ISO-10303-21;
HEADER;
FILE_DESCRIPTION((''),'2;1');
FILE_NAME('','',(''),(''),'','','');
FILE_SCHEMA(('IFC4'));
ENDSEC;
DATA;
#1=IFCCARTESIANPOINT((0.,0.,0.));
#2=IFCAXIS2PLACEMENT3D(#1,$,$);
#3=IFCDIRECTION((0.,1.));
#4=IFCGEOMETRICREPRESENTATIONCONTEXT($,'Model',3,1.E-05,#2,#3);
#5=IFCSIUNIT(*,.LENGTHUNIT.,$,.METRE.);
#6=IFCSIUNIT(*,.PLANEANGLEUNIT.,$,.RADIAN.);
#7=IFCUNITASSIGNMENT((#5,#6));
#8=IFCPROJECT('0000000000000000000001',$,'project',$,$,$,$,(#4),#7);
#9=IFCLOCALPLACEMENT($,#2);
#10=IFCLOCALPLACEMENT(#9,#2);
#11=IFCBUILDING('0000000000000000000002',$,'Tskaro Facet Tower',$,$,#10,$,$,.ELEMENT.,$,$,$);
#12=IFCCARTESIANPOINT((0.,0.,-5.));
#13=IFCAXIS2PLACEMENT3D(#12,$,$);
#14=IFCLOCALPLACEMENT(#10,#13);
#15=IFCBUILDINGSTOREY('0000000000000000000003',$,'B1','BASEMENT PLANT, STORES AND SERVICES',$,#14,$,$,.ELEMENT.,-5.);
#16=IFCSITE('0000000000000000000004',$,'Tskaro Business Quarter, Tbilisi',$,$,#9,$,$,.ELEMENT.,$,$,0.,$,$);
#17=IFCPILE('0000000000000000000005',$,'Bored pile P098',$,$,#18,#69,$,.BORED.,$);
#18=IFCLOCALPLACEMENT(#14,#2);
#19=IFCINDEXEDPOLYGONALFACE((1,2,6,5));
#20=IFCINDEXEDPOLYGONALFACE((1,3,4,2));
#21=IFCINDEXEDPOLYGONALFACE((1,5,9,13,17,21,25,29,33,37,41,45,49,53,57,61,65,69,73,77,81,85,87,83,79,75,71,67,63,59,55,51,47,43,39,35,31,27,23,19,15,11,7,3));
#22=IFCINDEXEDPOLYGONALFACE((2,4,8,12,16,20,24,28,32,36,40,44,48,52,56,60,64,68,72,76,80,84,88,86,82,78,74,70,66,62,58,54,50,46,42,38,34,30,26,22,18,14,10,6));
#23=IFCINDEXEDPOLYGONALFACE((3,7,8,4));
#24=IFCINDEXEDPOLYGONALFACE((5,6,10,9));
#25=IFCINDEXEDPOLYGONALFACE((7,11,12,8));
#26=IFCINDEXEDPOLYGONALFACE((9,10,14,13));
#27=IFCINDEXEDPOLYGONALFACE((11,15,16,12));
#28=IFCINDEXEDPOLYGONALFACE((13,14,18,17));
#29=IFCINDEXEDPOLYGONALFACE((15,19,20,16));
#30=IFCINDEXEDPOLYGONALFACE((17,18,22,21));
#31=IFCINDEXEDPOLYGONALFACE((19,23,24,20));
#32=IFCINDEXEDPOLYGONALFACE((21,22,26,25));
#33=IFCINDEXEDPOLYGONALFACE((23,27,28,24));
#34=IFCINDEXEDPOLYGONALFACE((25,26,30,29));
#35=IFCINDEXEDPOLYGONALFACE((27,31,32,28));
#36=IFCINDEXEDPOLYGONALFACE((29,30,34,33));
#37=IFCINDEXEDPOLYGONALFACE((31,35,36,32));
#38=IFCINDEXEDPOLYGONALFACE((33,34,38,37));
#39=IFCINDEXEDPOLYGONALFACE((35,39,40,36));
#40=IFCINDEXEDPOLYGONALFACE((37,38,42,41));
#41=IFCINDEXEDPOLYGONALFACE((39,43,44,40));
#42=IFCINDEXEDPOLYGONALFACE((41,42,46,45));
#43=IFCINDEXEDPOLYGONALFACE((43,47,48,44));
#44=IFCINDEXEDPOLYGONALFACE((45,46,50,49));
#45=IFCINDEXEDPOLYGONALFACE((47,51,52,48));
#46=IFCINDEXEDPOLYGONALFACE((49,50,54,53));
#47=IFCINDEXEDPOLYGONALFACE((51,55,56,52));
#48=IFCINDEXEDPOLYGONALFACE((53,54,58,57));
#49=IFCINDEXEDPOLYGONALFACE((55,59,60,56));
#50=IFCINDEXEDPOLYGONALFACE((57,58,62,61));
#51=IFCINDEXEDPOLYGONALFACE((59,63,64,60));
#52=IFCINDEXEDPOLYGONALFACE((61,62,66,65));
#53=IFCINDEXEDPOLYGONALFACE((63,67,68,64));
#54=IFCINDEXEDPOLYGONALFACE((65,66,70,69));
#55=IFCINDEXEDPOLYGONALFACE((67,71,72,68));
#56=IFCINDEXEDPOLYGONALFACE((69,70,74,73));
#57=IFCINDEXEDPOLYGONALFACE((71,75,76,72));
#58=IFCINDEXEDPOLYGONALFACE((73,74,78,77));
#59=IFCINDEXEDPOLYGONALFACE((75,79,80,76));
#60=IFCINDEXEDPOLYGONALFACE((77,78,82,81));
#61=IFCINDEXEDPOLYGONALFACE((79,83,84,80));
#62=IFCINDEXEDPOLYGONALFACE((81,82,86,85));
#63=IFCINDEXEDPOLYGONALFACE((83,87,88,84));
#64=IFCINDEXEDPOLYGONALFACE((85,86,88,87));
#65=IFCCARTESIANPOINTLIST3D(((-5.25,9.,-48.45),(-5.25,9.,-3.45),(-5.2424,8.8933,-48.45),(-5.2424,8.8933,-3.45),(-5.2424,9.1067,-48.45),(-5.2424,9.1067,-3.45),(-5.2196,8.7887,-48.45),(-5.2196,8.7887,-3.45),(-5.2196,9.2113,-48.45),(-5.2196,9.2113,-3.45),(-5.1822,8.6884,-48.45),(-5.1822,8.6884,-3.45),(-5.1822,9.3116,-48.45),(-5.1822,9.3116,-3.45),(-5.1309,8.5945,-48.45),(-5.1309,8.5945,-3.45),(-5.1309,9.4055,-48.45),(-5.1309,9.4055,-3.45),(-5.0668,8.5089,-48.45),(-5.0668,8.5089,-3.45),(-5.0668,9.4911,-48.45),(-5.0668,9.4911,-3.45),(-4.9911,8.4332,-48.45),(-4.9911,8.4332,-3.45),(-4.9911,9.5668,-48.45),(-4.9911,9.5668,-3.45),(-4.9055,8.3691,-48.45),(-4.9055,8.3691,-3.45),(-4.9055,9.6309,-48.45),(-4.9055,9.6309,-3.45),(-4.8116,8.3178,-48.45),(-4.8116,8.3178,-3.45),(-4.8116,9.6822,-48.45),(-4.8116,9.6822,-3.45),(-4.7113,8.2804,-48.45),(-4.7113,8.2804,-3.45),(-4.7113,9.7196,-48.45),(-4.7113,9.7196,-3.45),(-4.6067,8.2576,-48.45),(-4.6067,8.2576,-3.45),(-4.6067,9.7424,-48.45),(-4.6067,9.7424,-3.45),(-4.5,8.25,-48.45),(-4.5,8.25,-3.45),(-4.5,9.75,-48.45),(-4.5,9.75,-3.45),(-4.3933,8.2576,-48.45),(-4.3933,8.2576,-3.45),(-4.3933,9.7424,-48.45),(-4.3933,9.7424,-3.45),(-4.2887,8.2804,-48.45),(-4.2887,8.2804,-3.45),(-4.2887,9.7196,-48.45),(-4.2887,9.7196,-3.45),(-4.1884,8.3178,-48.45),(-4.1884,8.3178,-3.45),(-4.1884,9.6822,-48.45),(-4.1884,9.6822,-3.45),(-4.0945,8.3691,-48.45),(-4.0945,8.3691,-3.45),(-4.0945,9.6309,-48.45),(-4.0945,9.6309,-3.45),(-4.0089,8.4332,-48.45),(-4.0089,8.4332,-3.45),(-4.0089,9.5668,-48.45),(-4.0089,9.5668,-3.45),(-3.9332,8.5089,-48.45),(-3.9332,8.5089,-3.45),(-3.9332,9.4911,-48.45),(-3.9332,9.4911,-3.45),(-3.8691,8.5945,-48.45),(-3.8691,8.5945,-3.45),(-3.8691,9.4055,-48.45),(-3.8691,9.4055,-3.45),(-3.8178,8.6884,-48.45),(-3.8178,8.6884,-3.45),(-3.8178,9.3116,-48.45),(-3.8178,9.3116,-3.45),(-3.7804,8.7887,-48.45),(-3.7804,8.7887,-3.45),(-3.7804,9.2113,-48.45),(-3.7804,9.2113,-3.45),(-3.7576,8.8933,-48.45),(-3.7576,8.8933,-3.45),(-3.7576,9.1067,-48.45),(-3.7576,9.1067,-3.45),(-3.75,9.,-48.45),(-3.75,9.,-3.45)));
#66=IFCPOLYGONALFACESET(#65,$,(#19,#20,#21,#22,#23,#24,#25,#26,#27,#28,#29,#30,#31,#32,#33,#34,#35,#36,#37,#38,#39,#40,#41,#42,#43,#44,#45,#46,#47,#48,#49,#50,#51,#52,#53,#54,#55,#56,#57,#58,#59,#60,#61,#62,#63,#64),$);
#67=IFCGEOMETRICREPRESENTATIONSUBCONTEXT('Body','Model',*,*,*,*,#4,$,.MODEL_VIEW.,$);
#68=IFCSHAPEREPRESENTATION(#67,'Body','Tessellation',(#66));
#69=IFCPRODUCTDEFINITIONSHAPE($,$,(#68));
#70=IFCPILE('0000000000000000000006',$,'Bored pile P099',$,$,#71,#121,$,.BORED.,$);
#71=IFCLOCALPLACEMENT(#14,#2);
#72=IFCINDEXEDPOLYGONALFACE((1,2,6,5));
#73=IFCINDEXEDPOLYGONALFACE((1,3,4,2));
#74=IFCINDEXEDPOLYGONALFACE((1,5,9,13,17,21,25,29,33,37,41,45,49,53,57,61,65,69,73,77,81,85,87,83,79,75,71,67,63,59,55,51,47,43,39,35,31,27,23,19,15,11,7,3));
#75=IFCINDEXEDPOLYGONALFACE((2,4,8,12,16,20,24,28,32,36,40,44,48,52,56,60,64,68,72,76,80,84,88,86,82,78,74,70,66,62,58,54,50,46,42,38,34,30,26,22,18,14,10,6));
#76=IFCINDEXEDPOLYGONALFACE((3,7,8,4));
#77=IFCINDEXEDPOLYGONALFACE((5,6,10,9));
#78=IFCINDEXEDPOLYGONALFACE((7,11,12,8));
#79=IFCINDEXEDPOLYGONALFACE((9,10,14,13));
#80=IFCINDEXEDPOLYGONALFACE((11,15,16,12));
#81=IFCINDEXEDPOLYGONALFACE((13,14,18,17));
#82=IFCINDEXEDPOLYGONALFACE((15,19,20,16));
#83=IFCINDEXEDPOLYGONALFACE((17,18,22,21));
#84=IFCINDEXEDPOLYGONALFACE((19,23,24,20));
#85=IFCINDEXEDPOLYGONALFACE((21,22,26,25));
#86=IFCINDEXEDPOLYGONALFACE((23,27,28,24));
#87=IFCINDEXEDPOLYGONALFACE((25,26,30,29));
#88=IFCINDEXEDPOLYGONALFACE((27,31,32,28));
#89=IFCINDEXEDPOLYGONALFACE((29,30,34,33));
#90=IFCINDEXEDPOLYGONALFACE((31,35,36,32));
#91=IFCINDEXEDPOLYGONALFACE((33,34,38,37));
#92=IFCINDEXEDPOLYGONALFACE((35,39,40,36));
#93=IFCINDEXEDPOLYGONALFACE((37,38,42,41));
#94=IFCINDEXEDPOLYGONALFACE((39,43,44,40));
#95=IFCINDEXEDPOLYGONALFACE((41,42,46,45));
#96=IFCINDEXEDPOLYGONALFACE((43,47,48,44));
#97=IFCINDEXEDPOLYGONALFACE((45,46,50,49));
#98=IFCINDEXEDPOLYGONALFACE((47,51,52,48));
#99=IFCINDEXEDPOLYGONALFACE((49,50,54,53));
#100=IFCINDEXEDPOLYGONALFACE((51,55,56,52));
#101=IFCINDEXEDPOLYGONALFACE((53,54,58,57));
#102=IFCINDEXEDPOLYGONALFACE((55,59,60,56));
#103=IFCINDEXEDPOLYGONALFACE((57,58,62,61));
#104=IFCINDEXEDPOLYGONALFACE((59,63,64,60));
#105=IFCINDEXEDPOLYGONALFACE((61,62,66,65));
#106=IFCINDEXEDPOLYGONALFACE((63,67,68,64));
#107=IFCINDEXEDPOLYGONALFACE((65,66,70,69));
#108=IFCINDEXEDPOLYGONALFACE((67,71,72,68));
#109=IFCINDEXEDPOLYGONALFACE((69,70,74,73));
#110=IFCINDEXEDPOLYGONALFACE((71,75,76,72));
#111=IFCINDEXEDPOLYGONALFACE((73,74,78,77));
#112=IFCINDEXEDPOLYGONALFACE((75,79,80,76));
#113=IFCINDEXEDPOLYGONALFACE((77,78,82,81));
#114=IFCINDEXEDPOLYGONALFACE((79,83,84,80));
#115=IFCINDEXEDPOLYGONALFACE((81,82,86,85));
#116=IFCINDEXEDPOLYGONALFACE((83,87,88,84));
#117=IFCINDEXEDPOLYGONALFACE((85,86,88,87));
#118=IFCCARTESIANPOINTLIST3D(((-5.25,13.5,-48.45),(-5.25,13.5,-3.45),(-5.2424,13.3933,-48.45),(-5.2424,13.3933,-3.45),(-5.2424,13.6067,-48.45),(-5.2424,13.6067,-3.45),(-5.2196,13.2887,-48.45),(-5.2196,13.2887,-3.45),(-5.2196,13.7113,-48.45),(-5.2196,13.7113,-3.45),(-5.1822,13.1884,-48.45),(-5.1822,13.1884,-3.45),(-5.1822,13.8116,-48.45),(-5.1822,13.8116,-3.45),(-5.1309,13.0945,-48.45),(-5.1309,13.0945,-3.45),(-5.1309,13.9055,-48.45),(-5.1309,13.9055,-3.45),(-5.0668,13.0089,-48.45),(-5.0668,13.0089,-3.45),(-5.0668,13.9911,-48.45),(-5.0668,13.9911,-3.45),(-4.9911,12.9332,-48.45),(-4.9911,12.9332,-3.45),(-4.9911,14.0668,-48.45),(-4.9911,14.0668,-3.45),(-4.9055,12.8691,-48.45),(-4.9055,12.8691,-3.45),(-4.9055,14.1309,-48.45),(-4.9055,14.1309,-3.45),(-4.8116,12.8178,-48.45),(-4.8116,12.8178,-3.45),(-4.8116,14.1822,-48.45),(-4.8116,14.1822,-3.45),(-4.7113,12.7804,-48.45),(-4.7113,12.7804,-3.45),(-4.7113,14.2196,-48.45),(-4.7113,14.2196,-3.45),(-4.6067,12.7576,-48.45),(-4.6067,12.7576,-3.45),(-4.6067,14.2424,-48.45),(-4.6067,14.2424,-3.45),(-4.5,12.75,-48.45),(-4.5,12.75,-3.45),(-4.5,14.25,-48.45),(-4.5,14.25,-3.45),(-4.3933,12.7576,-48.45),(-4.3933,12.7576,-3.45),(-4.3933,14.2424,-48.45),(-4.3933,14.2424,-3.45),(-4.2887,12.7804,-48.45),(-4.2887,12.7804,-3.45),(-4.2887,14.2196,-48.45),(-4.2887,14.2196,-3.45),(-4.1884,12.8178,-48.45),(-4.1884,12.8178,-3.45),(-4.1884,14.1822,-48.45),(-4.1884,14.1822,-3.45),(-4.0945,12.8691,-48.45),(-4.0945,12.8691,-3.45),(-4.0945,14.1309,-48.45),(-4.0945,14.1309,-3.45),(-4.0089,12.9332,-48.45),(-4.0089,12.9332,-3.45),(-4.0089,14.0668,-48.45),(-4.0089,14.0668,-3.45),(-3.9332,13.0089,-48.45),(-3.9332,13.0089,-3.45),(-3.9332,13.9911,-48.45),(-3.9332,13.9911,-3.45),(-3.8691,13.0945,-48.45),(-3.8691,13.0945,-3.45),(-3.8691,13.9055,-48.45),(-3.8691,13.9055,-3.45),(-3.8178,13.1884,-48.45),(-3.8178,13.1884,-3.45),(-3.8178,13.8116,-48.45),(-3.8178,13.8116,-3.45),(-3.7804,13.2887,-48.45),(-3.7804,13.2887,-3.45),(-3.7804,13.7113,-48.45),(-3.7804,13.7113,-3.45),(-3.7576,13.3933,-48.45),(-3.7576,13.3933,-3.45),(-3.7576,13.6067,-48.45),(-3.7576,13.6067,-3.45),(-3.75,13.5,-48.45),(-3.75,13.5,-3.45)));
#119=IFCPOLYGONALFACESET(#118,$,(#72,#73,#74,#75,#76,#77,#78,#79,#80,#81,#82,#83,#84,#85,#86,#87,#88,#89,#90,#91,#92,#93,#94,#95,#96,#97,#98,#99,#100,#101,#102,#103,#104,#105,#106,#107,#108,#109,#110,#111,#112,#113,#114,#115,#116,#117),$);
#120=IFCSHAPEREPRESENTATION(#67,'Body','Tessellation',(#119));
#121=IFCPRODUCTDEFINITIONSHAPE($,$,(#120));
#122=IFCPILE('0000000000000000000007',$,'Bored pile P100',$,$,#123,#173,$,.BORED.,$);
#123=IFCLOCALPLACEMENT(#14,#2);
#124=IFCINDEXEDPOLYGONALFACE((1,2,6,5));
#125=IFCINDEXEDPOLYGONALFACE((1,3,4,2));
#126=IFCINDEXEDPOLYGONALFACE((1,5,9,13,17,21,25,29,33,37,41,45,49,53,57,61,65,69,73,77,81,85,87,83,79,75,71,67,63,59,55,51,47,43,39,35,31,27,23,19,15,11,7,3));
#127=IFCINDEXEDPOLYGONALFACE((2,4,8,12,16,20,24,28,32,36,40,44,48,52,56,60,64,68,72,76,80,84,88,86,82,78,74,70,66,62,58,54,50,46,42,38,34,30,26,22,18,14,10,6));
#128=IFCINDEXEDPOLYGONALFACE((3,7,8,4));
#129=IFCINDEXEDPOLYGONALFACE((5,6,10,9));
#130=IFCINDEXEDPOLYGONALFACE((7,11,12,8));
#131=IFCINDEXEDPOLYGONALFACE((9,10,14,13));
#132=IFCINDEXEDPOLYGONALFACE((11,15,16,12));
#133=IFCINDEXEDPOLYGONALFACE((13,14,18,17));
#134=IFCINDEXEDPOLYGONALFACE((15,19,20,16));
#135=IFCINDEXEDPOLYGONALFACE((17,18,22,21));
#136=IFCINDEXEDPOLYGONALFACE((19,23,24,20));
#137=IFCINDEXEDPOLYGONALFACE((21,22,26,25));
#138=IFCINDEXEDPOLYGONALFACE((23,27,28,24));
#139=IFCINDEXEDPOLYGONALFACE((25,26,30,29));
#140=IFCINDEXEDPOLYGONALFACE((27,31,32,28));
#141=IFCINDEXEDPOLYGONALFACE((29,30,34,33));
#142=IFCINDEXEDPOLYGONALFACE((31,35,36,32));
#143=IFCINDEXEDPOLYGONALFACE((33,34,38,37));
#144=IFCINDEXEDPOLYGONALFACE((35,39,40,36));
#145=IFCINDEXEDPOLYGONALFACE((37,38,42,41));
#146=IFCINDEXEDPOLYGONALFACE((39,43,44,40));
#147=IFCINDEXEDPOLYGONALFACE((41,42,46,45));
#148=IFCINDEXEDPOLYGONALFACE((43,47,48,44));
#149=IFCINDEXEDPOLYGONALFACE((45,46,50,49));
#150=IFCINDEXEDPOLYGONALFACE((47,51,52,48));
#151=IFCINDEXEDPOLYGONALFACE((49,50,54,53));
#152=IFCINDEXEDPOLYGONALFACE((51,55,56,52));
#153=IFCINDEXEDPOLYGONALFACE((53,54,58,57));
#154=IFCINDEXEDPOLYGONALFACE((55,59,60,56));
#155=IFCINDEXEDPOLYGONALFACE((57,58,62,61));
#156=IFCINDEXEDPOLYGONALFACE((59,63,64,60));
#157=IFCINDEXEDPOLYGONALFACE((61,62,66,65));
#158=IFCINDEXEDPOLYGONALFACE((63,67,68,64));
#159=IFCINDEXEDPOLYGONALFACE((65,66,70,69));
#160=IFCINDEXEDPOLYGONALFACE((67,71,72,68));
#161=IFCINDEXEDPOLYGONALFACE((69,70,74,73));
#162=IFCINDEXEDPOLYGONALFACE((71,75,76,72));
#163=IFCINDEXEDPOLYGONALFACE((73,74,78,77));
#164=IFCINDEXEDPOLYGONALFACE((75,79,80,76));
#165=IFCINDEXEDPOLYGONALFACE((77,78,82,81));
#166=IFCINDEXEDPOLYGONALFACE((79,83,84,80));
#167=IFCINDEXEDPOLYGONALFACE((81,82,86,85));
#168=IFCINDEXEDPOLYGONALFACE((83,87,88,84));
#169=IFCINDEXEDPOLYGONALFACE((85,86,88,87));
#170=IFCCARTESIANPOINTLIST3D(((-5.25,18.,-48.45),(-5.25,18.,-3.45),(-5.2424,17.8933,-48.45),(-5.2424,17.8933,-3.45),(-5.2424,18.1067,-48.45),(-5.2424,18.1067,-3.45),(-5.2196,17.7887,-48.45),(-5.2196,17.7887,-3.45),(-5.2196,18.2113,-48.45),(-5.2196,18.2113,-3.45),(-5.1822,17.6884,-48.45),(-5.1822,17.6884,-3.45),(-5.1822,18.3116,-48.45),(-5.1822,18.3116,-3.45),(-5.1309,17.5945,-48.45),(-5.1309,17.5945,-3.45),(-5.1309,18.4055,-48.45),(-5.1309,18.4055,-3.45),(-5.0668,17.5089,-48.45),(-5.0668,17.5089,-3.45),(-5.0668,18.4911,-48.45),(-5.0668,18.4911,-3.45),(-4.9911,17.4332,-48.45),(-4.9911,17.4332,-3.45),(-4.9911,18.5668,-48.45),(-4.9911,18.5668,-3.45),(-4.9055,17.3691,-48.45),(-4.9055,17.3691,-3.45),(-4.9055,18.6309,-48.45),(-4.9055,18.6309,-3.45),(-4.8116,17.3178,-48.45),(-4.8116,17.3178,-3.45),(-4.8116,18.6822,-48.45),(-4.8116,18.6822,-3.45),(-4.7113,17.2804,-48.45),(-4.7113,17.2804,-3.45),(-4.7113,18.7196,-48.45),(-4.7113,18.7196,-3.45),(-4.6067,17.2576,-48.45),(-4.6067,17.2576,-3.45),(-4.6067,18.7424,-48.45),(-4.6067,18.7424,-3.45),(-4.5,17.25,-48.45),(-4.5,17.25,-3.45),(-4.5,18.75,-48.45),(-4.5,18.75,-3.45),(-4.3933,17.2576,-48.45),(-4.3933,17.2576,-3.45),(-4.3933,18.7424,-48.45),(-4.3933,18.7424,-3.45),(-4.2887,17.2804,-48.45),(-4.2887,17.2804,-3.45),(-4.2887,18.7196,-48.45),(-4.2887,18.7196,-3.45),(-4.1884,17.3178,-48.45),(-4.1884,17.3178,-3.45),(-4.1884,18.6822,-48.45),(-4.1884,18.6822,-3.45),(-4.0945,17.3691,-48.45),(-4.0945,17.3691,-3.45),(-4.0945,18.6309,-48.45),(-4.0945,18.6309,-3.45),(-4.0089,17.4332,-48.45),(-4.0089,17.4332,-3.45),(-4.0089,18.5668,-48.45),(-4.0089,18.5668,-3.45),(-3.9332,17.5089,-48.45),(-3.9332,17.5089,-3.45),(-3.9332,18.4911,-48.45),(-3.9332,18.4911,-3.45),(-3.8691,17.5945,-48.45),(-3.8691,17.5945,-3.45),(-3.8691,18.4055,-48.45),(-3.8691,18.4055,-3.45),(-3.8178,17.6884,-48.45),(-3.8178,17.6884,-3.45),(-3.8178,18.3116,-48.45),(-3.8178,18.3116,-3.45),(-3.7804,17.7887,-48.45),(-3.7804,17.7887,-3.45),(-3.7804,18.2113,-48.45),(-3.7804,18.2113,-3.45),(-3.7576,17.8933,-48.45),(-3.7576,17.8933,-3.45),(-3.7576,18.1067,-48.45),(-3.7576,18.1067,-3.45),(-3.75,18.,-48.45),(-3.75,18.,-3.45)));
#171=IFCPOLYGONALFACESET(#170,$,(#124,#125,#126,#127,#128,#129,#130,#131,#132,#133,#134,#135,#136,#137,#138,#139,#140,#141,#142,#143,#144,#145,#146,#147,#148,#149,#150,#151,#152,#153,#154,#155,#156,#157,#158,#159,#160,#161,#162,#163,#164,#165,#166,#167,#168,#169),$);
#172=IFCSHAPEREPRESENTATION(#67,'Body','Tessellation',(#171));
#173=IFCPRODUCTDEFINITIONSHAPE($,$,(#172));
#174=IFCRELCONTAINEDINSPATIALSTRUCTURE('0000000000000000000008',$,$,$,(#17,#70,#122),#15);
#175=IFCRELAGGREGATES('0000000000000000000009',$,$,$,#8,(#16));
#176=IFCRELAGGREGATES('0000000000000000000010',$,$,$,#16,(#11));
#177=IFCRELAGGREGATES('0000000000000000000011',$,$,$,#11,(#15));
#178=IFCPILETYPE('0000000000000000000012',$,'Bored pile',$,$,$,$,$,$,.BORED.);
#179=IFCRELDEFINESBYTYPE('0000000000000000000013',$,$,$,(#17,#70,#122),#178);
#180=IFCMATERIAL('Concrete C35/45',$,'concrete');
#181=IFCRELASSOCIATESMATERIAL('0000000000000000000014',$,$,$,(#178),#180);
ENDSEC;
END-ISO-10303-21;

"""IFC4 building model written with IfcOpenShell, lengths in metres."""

from ifc_helpers import new_model, si_unit, direction, frame, origin, origin_2d, place, context, subcontext, project, spatial, circle, extrude, material, material_profile, profile_set, type_object, element, save


model = new_model("IFC4")

# Units and contexts
model_context = context("Model", 3, precision=1e-05, world=origin(), true_north=direction((0.0, 1.0)))
body_context = subcontext(model_context, "Body", "Model", "MODEL_VIEW")
ifc_project = project(units=[si_unit("LENGTHUNIT", "METRE"), si_unit("PLANEANGLEUNIT", "RADIAN")], contexts=[model_context])

# Site, building, storey
site_placement = place(None, origin())
site = spatial("IfcSite", under=ifc_project, at=site_placement, Name="Tskaro Business Quarter, Tbilisi", CompositionType="ELEMENT", RefElevation=0.0)
building_placement = place(site_placement, origin())
building = spatial("IfcBuilding", under=site, at=building_placement, Name="Tskaro Facet Tower", CompositionType="ELEMENT")
storey_placement = place(building_placement, frame((0.0, 0.0, -5.0)))
storey = spatial("IfcBuildingStorey", under=building, at=storey_placement, Name="B1", Description="BASEMENT PLANT, STORES AND SERVICES", CompositionType="ELEMENT", Elevation=-5.0)

# Piles
ifc_material_1 = material(Name="Concrete C35/45", Category="concrete")
ifc_material_profile_1 = material_profile(ifc_material_1, circle(Radius=0.75, at=origin_2d()), Name="Bored pile")
ifc_profile_set_1 = profile_set([ifc_material_profile_1], Name="Concrete C35/45")
pile_type = type_object("IfcPileType", Name="Bored pile", PredefinedType="BORED", material=ifc_profile_set_1)
for number, where, z_axis, x_axis, name in (
    (1, (-4.5, 9.0, -3.45), (0.0, 0.0, -1.0), (1.0, 0.0, 0.0), "Bored pile P098"),
    (2, (-4.5, 13.5, -3.45), (0.0, 0.0, -1.0), (1.0, 0.0, 0.0), "Bored pile P099"),
    (3, (-4.5, 18.0, -3.45), (0.0, 0.0, -1.0), (1.0, 0.0, 0.0), "Bored pile P100"),
):
    element("IfcPile", number, at=place(storey_placement, frame(where, z_axis=z_axis, x_axis=x_axis)), inside=storey, type_object=pile_type, Name=name, PredefinedType="BORED", context=body_context, shape_type="SweptSolid", body=[
        extrude(circle(Radius=0.75, at=origin_2d()), origin(), (0.0, 0.0, 1.0), 45.0),
    ])

save(model, "model.ifc")
